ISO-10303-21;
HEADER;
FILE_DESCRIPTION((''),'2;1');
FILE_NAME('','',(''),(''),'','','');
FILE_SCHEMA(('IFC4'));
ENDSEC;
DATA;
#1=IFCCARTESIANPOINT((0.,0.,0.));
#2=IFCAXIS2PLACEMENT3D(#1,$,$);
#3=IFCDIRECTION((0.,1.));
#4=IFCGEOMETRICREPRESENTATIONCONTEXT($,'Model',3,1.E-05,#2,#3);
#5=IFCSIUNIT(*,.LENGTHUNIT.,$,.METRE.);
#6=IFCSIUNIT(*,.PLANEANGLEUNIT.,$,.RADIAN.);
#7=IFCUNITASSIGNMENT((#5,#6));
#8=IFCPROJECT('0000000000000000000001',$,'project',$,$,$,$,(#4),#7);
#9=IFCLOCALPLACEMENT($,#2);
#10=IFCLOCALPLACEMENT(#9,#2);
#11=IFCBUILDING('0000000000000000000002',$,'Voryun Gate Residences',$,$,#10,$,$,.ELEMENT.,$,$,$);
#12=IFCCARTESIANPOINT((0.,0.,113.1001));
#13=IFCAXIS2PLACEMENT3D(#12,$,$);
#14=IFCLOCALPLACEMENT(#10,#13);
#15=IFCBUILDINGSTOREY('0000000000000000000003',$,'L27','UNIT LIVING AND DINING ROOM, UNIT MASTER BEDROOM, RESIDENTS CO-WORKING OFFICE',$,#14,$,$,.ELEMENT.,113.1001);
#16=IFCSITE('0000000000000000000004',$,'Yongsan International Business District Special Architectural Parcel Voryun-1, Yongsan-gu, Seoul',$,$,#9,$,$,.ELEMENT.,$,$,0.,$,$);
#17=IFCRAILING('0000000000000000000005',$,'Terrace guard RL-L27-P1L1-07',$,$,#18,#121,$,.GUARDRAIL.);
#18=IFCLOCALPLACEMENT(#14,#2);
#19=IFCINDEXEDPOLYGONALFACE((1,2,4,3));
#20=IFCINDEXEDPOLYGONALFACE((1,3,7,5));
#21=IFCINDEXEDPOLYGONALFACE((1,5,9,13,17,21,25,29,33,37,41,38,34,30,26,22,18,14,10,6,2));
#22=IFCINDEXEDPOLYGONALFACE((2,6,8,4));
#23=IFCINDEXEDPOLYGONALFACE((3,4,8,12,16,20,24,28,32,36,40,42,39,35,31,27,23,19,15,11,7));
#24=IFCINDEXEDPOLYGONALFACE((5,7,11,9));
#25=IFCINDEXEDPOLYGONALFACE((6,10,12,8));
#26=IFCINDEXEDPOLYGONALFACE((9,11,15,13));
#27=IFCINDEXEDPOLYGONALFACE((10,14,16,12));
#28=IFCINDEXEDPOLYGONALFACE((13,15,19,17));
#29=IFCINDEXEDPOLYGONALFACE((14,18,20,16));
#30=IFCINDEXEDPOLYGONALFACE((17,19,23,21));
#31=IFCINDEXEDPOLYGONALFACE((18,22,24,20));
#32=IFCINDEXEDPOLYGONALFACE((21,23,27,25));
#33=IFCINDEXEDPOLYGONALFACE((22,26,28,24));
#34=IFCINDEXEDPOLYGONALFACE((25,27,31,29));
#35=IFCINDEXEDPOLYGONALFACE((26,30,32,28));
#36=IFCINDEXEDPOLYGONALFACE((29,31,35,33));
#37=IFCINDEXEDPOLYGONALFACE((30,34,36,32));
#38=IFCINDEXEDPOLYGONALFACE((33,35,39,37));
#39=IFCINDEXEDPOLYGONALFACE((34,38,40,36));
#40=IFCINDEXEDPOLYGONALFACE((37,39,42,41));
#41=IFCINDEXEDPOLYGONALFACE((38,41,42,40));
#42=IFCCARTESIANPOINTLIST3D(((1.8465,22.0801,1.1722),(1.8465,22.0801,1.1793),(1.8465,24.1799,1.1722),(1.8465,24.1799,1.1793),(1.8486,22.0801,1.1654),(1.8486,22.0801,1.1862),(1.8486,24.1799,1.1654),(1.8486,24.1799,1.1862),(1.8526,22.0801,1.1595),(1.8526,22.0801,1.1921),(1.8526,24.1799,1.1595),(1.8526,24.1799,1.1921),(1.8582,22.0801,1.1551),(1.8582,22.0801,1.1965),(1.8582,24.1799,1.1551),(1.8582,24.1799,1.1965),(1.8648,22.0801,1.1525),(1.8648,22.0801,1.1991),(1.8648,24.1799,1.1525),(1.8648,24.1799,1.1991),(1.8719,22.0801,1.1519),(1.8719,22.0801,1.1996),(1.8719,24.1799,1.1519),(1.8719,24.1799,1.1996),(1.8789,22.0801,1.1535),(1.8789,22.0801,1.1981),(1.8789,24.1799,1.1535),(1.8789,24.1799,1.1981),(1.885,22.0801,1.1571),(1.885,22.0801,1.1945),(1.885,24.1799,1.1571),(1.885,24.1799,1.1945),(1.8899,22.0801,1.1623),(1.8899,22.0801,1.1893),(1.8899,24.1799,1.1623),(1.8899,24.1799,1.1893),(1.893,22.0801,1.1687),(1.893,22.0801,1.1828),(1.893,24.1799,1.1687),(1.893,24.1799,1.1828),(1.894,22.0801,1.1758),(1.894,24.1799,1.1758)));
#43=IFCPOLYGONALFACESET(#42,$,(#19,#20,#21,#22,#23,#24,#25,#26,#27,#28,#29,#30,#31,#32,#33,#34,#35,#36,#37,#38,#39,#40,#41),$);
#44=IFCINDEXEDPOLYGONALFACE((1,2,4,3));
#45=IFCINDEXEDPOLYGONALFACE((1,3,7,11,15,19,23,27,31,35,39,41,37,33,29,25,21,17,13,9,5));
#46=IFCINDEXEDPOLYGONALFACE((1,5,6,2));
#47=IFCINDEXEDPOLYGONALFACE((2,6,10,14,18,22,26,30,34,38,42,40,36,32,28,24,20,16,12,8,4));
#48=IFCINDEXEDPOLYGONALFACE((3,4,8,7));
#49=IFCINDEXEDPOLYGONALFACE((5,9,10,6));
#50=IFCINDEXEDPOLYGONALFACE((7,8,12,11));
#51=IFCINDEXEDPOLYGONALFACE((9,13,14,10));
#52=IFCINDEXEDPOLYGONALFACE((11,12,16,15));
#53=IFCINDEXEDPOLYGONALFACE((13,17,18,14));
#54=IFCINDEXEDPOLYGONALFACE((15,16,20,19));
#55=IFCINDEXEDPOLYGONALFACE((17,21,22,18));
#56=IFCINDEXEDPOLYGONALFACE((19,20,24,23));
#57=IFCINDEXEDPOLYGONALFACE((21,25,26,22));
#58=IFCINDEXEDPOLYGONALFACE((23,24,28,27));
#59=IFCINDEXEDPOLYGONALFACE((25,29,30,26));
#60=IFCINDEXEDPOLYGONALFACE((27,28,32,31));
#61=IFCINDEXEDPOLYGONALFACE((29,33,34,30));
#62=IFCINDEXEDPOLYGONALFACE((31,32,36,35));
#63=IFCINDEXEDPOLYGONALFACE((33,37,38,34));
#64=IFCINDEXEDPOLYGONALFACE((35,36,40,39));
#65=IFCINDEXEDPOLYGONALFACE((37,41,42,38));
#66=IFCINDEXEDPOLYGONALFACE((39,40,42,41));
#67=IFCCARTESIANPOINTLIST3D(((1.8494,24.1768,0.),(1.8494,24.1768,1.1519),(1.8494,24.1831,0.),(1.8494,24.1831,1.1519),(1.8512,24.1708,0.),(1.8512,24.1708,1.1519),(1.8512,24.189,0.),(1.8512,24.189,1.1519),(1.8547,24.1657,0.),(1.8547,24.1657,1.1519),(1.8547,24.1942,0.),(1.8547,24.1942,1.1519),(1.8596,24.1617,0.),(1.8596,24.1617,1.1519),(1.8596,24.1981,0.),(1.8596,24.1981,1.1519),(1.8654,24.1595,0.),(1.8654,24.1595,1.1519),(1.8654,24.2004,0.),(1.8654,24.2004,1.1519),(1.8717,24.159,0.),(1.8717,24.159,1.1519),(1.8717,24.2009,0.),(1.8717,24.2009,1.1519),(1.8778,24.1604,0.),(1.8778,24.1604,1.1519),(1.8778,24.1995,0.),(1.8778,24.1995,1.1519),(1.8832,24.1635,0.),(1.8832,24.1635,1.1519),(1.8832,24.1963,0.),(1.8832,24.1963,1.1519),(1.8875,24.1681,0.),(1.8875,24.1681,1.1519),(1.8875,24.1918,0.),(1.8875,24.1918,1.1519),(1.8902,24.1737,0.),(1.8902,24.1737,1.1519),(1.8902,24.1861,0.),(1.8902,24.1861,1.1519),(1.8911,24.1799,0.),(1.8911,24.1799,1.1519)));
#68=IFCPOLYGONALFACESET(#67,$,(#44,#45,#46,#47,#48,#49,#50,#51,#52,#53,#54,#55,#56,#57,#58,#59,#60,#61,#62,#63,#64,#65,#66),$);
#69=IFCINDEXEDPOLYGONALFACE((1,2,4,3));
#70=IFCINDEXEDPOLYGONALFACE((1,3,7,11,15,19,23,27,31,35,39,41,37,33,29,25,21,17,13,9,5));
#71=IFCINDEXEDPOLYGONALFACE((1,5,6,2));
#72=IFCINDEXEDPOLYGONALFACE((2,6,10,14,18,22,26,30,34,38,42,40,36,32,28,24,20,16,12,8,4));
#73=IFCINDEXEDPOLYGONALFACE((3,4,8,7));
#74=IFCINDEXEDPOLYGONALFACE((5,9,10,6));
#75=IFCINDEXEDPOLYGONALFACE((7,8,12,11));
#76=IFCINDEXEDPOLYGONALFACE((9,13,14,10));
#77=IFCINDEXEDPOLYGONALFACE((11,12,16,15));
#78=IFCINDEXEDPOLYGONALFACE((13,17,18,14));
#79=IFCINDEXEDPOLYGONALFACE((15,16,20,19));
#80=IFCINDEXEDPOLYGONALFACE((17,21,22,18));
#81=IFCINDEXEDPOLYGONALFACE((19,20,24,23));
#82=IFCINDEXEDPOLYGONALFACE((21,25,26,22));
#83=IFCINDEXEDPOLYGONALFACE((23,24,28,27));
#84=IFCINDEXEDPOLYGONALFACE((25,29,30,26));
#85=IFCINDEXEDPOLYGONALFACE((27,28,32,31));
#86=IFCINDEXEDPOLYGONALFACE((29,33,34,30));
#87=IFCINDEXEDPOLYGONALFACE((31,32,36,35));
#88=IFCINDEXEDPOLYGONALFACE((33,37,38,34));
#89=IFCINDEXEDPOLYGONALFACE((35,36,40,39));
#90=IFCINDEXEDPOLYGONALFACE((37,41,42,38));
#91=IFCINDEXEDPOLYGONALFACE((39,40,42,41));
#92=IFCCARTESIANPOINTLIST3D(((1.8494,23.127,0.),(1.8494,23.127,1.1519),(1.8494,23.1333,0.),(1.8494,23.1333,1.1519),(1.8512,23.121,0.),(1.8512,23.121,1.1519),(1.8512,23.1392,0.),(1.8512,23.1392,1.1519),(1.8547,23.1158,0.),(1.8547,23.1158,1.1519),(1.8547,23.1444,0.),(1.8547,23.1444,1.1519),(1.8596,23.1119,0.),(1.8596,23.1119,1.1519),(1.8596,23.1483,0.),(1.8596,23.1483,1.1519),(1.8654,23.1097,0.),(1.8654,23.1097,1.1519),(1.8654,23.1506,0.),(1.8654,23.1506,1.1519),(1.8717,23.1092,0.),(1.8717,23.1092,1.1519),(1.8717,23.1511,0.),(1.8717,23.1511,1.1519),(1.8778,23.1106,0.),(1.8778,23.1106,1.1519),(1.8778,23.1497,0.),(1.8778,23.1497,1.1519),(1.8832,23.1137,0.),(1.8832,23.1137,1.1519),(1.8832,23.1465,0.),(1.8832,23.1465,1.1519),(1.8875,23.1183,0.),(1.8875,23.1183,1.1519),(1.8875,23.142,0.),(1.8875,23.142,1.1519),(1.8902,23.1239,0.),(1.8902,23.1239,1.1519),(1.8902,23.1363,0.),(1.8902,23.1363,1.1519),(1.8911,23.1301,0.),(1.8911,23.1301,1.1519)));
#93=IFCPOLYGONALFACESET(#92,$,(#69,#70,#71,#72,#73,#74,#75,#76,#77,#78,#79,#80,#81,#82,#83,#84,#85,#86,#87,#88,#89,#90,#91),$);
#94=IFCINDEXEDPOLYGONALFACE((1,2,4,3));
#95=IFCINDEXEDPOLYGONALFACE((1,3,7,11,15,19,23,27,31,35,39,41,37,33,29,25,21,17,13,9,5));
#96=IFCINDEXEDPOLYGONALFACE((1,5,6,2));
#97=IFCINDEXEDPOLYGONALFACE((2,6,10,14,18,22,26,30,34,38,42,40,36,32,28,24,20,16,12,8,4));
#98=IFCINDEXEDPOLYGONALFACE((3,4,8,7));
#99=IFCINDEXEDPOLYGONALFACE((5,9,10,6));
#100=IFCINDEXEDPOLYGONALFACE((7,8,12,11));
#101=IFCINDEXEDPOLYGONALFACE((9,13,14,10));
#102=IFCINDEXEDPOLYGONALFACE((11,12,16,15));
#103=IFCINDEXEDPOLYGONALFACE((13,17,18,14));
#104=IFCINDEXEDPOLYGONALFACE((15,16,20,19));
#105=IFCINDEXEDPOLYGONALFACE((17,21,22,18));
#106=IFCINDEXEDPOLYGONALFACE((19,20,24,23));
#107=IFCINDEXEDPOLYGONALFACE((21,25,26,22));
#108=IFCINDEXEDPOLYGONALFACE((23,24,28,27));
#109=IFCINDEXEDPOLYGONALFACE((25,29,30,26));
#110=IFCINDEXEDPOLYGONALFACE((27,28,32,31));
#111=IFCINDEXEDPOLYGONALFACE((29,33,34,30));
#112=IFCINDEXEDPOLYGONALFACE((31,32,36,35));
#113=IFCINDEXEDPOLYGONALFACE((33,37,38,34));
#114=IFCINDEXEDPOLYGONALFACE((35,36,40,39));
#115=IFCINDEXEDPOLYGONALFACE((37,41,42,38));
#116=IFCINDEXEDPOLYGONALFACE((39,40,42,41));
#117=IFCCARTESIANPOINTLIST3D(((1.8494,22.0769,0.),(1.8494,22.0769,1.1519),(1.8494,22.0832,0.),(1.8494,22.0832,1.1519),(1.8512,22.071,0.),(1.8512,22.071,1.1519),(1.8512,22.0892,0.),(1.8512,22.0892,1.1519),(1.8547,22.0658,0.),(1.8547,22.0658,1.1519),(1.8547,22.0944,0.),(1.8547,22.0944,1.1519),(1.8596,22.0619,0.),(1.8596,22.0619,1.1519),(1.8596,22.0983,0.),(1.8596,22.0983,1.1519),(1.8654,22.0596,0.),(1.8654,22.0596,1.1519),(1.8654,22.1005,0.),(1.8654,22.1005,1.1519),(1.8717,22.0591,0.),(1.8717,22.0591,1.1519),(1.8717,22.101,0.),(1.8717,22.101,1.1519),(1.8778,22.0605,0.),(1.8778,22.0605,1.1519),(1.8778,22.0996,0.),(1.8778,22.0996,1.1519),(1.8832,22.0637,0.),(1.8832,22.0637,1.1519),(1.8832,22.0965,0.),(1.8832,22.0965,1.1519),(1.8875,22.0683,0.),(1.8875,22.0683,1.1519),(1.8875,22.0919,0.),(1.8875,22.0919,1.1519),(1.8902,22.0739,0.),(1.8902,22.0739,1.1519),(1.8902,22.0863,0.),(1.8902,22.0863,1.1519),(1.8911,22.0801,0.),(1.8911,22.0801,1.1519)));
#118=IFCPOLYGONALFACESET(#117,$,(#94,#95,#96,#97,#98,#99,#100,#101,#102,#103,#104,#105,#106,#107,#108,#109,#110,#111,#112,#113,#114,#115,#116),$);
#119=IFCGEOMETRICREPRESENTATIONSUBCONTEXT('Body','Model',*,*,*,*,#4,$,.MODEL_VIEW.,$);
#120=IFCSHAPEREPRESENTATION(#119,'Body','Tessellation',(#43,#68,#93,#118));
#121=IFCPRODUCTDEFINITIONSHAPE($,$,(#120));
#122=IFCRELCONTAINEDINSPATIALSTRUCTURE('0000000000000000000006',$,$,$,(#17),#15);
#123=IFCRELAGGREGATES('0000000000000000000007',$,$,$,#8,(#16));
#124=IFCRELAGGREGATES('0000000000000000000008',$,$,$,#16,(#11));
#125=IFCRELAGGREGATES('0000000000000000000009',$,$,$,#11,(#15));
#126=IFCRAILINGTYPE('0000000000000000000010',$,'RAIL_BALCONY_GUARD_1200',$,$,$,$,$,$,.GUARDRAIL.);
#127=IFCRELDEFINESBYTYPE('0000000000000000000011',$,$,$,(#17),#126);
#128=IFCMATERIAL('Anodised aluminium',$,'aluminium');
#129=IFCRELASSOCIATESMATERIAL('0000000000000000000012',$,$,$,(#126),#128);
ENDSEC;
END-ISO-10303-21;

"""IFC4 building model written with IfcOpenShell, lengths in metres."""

from ifc_helpers import new_model, si_unit, direction, frame, origin, origin_2d, place, context, subcontext, project, spatial, circle, extrude, material, type_object, element, save


model = new_model("IFC4")

# Units and contexts
model_context = context("Model", 3, precision=1e-05, world=origin(), true_north=direction((0.0, 1.0)))
body_context = subcontext(model_context, "Body", "Model", "MODEL_VIEW")
ifc_project = project(units=[si_unit("LENGTHUNIT", "METRE"), si_unit("PLANEANGLEUNIT", "RADIAN")], contexts=[model_context])

# Site, building, storey
site_placement = place(None, origin())
site = spatial("IfcSite", under=ifc_project, at=site_placement, Name="Yongsan International Business District Special Architectural Parcel Voryun-1, Yongsan-gu, Seoul", CompositionType="ELEMENT", RefElevation=0.0)
building_placement = place(site_placement, origin())
building = spatial("IfcBuilding", under=site, at=building_placement, Name="Voryun Gate Residences", CompositionType="ELEMENT")
storey_placement = place(building_placement, frame((0.0, 0.0, 113.1001)))
storey = spatial("IfcBuildingStorey", under=building, at=storey_placement, Name="L27", Description="UNIT LIVING AND DINING ROOM, UNIT MASTER BEDROOM, RESIDENTS CO-WORKING OFFICE", CompositionType="ELEMENT", Elevation=113.1001)

# Railing
ifc_material_1 = material(Name="Anodised aluminium", Category="aluminium")
railing_type = type_object("IfcRailingType", Name="RAIL_BALCONY_GUARD_1200", PredefinedType="GUARDRAIL", material=ifc_material_1)
railing_1_placement = place(storey_placement, frame((1.8701, 24.1799, 0.0)))
element("IfcRailing", 1, at=railing_1_placement, inside=storey, type_object=railing_type, Name="Terrace guard RL-L27-P1L1-07", PredefinedType="GUARDRAIL", context=body_context, shape_type="SweptSolid", body=[
    extrude(circle(Radius=0.0239, at=origin_2d()), frame((0.0, 0.0, 1.1758), z_axis=(0.0, -1.0, 0.0), x_axis=(1.0, 0.0, 0.0)), (0.0, 0.0, 1.0), 2.0999),
    extrude(circle(Radius=0.021, at=origin_2d()), origin(), (0.0, 0.0, 1.0), 1.1519),
    extrude(circle(Radius=0.021, at=origin_2d()), frame((0.0, -1.0498, 0.0)), (0.0, 0.0, 1.0), 1.1519),
    extrude(circle(Radius=0.021, at=origin_2d()), frame((0.0, -2.0999, 0.0)), (0.0, 0.0, 1.0), 1.1519),
])

save(model, "model.ifc")
